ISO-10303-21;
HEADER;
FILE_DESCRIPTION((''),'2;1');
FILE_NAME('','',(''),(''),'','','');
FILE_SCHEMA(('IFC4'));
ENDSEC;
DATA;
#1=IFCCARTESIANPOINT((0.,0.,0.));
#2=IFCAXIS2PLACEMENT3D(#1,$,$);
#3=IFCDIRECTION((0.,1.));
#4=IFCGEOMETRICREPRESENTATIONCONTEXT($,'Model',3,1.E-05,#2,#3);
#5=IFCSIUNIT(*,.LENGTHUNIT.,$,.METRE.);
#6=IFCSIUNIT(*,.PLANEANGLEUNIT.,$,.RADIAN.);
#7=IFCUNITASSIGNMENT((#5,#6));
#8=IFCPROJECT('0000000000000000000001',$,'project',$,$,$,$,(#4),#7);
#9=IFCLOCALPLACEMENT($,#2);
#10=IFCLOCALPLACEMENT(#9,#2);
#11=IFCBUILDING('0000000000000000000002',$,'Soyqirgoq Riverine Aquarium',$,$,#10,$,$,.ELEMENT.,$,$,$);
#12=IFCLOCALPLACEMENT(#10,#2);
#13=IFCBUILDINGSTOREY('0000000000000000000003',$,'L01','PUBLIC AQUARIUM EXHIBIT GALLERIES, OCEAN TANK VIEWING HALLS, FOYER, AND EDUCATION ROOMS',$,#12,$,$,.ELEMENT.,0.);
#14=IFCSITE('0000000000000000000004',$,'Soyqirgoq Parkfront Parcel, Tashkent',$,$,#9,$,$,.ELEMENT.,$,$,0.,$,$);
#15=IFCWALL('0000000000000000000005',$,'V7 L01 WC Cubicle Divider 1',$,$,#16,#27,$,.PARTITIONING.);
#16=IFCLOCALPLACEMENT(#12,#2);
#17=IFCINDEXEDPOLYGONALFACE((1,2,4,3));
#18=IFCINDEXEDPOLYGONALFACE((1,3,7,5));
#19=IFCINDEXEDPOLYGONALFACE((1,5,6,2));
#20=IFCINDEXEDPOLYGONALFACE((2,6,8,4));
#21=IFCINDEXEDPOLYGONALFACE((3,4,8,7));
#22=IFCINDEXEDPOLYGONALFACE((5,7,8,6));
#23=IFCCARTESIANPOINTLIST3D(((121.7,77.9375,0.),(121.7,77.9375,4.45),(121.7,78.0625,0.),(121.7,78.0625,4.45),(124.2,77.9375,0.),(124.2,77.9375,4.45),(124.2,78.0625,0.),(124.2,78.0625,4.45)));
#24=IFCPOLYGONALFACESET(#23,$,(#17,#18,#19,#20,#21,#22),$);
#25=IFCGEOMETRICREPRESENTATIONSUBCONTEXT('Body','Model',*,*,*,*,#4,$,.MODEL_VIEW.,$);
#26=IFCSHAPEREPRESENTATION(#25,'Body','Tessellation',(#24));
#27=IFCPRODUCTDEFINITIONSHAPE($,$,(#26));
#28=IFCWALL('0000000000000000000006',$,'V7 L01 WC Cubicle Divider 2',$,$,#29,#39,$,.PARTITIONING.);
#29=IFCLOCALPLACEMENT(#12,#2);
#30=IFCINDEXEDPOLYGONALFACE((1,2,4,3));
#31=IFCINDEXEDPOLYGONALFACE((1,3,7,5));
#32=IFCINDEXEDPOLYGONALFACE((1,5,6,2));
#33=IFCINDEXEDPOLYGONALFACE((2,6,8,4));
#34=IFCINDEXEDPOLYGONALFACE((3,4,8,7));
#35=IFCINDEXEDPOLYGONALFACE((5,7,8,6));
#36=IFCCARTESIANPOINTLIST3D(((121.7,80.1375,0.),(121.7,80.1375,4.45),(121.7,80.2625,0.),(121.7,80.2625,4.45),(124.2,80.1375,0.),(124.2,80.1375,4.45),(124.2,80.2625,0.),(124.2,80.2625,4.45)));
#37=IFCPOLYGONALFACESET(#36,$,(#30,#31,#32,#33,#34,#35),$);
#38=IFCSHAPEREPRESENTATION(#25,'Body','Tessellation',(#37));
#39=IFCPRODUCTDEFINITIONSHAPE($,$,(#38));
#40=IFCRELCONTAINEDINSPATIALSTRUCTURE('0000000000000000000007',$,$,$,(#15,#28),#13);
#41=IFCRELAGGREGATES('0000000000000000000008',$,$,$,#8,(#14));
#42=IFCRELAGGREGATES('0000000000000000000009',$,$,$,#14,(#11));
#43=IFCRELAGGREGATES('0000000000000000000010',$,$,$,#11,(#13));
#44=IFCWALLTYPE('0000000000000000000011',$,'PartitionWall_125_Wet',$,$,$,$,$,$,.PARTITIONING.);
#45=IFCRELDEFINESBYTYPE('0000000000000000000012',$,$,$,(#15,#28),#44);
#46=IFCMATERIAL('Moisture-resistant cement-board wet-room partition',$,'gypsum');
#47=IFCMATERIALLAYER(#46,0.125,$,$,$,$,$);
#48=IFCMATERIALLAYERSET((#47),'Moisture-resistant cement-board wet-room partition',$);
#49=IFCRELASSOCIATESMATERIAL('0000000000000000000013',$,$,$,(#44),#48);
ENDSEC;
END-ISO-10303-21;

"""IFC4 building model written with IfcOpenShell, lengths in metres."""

from ifc_helpers import new_model, si_unit, direction, frame, frame_2d, origin, place, context, subcontext, project, spatial, rectangle, extrude, material, layer, layer_set, type_object, element, save


model = new_model("IFC4")

# Units and contexts
model_context = context("Model", 3, precision=1e-05, world=origin(), true_north=direction((0.0, 1.0)))
body_context = subcontext(model_context, "Body", "Model", "MODEL_VIEW")
ifc_project = project(units=[si_unit("LENGTHUNIT", "METRE"), si_unit("PLANEANGLEUNIT", "RADIAN")], contexts=[model_context])

# Site, building, storey
site_placement = place(None, origin())
site = spatial("IfcSite", under=ifc_project, at=site_placement, Name="Soyqirgoq Parkfront Parcel, Tashkent", CompositionType="ELEMENT", RefElevation=0.0)
building_placement = place(site_placement, origin())
building = spatial("IfcBuilding", under=site, at=building_placement, Name="Soyqirgoq Riverine Aquarium", CompositionType="ELEMENT")
storey_placement = place(building_placement, origin())
storey = spatial("IfcBuildingStorey", under=building, at=storey_placement, Name="L01", Description="PUBLIC AQUARIUM EXHIBIT GALLERIES, OCEAN TANK VIEWING HALLS, FOYER, AND EDUCATION ROOMS", CompositionType="ELEMENT", Elevation=0.0)

# Shared definitions
ifc_material_1 = material(Name="Moisture-resistant cement-board wet-room partition", Category="gypsum")
ifc_layer_1 = layer(ifc_material_1, 0.125)
ifc_layer_set_1 = layer_set([ifc_layer_1], Name="Moisture-resistant cement-board wet-room partition")
wall_type_1 = type_object("IfcWallType", Name="PartitionWall_125_Wet", PredefinedType="PARTITIONING", material=ifc_layer_set_1)

# Walls
for number, where, z_axis, x_axis, name in (
    (1, (121.7, 78.0, 0.0), (0.0, 0.0, 1.0), (1.0, 0.0, 0.0), "V7 L01 WC Cubicle Divider 1"),
    (2, (121.7, 80.2, 0.0), (0.0, 0.0, 1.0), (1.0, 0.0, 0.0), "V7 L01 WC Cubicle Divider 2"),
):
    element("IfcWall", number, at=place(storey_placement, frame(where, z_axis=z_axis, x_axis=x_axis)), inside=storey, type_object=wall_type_1, Name=name, PredefinedType="PARTITIONING", context=body_context, shape_type="SweptSolid", body=[
        extrude(rectangle(XDim=2.5, YDim=0.125, at=frame_2d((1.25, 0.0))), origin(), (0.0, 0.0, 1.0), 4.45),
    ])

save(model, "model.ifc")
